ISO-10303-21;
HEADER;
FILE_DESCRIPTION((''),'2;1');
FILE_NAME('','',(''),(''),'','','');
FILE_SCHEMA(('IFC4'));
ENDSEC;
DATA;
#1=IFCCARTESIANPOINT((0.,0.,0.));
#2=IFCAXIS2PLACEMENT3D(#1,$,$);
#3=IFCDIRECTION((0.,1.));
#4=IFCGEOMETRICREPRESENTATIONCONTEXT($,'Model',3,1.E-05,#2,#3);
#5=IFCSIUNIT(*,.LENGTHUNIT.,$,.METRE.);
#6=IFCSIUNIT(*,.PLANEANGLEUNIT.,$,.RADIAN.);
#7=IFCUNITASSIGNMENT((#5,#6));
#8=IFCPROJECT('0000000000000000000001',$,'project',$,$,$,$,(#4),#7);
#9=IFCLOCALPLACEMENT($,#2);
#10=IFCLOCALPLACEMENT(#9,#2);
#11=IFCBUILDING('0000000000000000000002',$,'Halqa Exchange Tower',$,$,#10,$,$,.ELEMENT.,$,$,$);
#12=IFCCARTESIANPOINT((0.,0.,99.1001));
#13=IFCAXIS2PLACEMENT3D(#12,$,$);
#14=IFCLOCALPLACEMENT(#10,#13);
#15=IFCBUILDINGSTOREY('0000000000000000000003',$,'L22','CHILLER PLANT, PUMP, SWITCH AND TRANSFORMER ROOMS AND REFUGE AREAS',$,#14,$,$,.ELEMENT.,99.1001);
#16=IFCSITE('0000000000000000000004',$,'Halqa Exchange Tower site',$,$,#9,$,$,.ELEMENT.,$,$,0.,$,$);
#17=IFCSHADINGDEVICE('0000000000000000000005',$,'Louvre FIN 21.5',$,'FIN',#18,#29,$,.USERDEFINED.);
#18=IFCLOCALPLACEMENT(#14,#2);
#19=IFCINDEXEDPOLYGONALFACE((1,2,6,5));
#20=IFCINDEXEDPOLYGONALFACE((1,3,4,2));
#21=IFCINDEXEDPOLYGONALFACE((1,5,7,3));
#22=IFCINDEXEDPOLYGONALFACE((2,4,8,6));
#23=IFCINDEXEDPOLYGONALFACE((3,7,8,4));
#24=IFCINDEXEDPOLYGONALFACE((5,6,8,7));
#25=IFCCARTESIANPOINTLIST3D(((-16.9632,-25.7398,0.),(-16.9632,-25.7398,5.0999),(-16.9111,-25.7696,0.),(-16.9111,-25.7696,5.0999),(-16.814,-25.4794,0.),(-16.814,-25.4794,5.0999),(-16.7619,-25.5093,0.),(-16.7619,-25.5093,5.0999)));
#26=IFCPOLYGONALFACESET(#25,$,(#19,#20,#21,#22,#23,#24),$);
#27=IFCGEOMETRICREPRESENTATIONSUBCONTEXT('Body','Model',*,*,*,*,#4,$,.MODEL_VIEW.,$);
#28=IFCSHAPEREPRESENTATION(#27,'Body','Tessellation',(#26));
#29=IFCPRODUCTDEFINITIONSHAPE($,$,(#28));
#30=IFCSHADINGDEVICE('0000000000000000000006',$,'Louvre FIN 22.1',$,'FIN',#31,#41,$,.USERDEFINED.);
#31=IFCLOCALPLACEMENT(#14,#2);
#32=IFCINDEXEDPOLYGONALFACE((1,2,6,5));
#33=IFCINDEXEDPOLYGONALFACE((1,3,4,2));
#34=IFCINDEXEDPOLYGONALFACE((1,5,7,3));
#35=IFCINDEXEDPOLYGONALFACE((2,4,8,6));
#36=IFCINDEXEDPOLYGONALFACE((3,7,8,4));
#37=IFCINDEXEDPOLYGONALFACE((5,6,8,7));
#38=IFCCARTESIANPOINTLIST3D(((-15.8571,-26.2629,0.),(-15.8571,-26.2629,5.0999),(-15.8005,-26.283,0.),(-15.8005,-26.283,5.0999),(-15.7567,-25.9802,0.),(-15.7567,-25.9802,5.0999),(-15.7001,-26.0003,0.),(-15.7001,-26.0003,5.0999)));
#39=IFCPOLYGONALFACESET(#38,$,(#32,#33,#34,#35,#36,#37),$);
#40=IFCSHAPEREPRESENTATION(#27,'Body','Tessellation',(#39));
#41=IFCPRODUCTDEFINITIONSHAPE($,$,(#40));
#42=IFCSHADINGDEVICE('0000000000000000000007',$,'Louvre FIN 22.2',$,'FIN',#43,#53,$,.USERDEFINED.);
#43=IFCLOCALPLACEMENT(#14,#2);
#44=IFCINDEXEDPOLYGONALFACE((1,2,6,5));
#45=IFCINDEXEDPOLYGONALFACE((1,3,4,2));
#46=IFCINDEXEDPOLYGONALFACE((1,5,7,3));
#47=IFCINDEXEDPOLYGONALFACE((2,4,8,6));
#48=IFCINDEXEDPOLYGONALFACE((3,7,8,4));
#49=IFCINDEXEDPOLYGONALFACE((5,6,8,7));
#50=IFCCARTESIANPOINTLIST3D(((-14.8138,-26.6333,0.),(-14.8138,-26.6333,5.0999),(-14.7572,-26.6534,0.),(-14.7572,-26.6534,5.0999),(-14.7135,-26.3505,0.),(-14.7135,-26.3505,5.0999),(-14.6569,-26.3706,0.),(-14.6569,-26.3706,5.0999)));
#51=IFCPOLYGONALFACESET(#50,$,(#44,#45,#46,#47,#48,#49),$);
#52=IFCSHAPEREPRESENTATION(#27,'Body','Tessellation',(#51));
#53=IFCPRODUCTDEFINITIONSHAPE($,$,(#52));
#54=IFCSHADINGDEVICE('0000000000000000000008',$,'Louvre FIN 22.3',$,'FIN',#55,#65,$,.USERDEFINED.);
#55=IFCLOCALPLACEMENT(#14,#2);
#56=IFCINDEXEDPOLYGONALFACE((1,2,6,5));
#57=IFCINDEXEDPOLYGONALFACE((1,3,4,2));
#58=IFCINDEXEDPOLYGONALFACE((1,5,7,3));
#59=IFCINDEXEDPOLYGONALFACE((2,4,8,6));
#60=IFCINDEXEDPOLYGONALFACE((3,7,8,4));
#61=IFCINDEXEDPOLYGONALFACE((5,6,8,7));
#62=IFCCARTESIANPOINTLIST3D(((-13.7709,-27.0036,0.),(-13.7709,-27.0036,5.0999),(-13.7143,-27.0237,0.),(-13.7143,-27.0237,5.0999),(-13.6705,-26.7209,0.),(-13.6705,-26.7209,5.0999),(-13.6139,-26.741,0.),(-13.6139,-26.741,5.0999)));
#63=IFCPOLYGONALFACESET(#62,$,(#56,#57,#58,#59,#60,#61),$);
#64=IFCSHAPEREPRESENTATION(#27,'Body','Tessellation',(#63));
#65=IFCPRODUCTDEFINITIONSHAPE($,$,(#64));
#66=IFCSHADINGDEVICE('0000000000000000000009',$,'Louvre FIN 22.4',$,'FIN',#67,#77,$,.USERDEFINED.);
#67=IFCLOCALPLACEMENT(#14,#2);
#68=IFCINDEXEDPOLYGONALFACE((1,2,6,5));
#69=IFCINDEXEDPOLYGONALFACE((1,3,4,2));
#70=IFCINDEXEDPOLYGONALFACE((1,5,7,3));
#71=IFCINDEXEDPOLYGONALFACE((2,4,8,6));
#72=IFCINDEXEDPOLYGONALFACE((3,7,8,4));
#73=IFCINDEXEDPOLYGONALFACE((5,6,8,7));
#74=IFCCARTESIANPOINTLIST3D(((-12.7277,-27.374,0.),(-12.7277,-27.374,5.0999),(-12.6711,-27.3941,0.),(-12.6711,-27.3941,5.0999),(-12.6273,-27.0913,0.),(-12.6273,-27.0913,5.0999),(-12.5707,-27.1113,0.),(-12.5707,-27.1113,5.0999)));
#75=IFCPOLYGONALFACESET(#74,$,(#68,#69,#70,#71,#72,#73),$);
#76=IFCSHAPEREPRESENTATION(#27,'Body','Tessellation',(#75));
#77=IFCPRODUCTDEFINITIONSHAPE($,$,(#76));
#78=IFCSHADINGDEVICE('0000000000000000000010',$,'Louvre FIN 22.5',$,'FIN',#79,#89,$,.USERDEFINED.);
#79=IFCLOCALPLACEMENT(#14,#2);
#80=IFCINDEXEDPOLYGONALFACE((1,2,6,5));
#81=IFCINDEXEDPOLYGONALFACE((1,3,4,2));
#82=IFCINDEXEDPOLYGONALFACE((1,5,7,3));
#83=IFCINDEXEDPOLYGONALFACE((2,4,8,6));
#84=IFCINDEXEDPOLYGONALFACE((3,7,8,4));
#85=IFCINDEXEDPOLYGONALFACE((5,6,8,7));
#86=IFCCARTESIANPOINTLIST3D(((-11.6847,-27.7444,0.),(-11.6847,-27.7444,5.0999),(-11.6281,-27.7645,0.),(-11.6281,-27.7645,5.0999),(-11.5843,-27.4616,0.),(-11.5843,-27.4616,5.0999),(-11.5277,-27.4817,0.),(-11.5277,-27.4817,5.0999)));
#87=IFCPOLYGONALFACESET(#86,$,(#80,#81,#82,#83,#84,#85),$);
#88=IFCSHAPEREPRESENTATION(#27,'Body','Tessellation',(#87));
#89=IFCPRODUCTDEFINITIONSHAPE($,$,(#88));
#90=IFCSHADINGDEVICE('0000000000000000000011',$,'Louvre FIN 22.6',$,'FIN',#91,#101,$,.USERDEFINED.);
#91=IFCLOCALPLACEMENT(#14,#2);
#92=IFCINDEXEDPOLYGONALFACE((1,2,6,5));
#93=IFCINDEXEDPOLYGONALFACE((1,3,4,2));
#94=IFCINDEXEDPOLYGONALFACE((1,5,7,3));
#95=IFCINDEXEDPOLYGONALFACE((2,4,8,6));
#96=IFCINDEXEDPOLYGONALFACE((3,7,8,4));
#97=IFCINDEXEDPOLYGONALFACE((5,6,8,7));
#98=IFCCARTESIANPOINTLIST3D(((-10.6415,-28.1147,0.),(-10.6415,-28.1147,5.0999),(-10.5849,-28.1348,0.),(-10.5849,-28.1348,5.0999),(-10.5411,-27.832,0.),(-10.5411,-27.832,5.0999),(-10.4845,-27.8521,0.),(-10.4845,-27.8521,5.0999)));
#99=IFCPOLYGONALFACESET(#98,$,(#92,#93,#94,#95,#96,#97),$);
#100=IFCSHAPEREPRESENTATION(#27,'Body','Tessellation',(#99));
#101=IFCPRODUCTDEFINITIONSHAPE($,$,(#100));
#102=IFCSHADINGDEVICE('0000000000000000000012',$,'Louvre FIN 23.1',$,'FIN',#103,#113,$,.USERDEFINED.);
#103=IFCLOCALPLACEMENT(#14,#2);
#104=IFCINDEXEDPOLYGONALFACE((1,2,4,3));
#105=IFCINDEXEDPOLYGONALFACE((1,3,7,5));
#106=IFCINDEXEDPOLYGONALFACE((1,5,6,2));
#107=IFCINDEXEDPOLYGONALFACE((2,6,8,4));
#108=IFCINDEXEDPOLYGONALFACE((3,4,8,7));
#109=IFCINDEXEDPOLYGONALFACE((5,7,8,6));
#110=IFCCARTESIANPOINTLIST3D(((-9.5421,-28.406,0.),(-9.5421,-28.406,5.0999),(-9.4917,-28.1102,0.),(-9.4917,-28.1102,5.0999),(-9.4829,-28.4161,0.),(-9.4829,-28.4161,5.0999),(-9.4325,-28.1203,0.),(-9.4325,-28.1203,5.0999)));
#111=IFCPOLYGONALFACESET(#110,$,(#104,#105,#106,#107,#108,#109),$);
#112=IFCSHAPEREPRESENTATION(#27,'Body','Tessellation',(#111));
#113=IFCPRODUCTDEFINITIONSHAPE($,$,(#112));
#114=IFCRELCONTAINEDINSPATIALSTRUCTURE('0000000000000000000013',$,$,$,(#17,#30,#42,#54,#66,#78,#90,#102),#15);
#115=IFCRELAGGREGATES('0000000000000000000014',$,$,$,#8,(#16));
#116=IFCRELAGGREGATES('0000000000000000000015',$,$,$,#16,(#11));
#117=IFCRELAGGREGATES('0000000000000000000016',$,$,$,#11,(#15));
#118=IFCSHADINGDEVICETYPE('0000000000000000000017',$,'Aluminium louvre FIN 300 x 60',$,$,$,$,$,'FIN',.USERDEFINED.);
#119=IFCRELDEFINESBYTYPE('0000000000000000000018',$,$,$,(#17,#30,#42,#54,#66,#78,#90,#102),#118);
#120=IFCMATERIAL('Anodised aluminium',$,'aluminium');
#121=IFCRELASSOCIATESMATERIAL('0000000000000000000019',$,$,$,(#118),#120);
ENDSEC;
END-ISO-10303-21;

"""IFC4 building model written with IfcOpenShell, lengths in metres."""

from ifc_helpers import new_model, si_unit, direction, frame, origin, origin_2d, place, context, subcontext, project, spatial, rectangle, extrude, material, material_profile, profile_set, type_object, element, save


model = new_model("IFC4")

# Units and contexts
model_context = context("Model", 3, precision=1e-05, world=origin(), true_north=direction((0.0, 1.0)))
body_context = subcontext(model_context, "Body", "Model", "MODEL_VIEW")
ifc_project = project(units=[si_unit("LENGTHUNIT", "METRE"), si_unit("PLANEANGLEUNIT", "RADIAN")], contexts=[model_context])

# Site, building, storey
site_placement = place(None, origin())
site = spatial("IfcSite", under=ifc_project, at=site_placement, Name="Halqa Exchange Tower site", CompositionType="ELEMENT", RefElevation=0.0)
building_placement = place(site_placement, origin())
building = spatial("IfcBuilding", under=site, at=building_placement, Name="Halqa Exchange Tower", CompositionType="ELEMENT")
storey_placement = place(building_placement, frame((0.0, 0.0, 99.1001)))
storey = spatial("IfcBuildingStorey", under=building, at=storey_placement, Name="L22", Description="CHILLER PLANT, PUMP, SWITCH AND TRANSFORMER ROOMS AND REFUGE AREAS", CompositionType="ELEMENT", Elevation=99.1001)

# Shading devices
ifc_material_1 = material(Name="Anodised aluminium", Category="aluminium")
ifc_material_profile_1 = material_profile(ifc_material_1, rectangle(XDim=0.3, YDim=0.0601, at=origin_2d()), Name="AL FIN 300x60")
ifc_profile_set_1 = profile_set([ifc_material_profile_1], Name="Anodised aluminium")
shading_device_type = type_object("IfcShadingDeviceType", Name="Aluminium louvre FIN 300 x 60", ElementType="FIN", PredefinedType="USERDEFINED", material=ifc_profile_set_1)
for number, where, z_axis, x_axis, name in (
    (1, (-16.8625, -25.6245, 0.0), (0.0, 0.0, 1.0), (0.496985, 0.867759, 0.0), "Louvre FIN 21.5"),
    (2, (-15.7786, -26.1316, 0.0), (0.0, 0.0, 1.0), (0.334578, 0.942368, 0.0), "Louvre FIN 22.1"),
    (3, (-14.7354, -26.502, 0.0), (0.0, 0.0, 1.0), (0.334578, 0.942368, 0.0), "Louvre FIN 22.2"),
    (4, (-13.6924, -26.8723, 0.0), (0.0, 0.0, 1.0), (0.334578, 0.942368, 0.0), "Louvre FIN 22.3"),
    (5, (-12.6492, -27.2427, 0.0), (0.0, 0.0, 1.0), (0.334578, 0.942368, 0.0), "Louvre FIN 22.4"),
    (6, (-11.6062, -27.613, 0.0), (0.0, 0.0, 1.0), (0.334578, 0.942368, 0.0), "Louvre FIN 22.5"),
    (7, (-10.563, -27.9834, 0.0), (0.0, 0.0, 1.0), (0.334578, 0.942368, 0.0), "Louvre FIN 22.6"),
    (8, (-9.4873, -28.2632, 0.0), (0.0, 0.0, 1.0), (0.168068, 0.985775, 0.0), "Louvre FIN 23.1"),
):
    element("IfcShadingDevice", number, at=place(storey_placement, frame(where, z_axis=z_axis, x_axis=x_axis)), inside=storey, type_object=shading_device_type, Name=name, ObjectType="FIN", PredefinedType="USERDEFINED", context=body_context, shape_type="SweptSolid", body=[
        extrude(rectangle(XDim=0.3, YDim=0.0601, at=origin_2d()), origin(), (0.0, 0.0, 1.0), 5.0999),
    ])

save(model, "model.ifc")
